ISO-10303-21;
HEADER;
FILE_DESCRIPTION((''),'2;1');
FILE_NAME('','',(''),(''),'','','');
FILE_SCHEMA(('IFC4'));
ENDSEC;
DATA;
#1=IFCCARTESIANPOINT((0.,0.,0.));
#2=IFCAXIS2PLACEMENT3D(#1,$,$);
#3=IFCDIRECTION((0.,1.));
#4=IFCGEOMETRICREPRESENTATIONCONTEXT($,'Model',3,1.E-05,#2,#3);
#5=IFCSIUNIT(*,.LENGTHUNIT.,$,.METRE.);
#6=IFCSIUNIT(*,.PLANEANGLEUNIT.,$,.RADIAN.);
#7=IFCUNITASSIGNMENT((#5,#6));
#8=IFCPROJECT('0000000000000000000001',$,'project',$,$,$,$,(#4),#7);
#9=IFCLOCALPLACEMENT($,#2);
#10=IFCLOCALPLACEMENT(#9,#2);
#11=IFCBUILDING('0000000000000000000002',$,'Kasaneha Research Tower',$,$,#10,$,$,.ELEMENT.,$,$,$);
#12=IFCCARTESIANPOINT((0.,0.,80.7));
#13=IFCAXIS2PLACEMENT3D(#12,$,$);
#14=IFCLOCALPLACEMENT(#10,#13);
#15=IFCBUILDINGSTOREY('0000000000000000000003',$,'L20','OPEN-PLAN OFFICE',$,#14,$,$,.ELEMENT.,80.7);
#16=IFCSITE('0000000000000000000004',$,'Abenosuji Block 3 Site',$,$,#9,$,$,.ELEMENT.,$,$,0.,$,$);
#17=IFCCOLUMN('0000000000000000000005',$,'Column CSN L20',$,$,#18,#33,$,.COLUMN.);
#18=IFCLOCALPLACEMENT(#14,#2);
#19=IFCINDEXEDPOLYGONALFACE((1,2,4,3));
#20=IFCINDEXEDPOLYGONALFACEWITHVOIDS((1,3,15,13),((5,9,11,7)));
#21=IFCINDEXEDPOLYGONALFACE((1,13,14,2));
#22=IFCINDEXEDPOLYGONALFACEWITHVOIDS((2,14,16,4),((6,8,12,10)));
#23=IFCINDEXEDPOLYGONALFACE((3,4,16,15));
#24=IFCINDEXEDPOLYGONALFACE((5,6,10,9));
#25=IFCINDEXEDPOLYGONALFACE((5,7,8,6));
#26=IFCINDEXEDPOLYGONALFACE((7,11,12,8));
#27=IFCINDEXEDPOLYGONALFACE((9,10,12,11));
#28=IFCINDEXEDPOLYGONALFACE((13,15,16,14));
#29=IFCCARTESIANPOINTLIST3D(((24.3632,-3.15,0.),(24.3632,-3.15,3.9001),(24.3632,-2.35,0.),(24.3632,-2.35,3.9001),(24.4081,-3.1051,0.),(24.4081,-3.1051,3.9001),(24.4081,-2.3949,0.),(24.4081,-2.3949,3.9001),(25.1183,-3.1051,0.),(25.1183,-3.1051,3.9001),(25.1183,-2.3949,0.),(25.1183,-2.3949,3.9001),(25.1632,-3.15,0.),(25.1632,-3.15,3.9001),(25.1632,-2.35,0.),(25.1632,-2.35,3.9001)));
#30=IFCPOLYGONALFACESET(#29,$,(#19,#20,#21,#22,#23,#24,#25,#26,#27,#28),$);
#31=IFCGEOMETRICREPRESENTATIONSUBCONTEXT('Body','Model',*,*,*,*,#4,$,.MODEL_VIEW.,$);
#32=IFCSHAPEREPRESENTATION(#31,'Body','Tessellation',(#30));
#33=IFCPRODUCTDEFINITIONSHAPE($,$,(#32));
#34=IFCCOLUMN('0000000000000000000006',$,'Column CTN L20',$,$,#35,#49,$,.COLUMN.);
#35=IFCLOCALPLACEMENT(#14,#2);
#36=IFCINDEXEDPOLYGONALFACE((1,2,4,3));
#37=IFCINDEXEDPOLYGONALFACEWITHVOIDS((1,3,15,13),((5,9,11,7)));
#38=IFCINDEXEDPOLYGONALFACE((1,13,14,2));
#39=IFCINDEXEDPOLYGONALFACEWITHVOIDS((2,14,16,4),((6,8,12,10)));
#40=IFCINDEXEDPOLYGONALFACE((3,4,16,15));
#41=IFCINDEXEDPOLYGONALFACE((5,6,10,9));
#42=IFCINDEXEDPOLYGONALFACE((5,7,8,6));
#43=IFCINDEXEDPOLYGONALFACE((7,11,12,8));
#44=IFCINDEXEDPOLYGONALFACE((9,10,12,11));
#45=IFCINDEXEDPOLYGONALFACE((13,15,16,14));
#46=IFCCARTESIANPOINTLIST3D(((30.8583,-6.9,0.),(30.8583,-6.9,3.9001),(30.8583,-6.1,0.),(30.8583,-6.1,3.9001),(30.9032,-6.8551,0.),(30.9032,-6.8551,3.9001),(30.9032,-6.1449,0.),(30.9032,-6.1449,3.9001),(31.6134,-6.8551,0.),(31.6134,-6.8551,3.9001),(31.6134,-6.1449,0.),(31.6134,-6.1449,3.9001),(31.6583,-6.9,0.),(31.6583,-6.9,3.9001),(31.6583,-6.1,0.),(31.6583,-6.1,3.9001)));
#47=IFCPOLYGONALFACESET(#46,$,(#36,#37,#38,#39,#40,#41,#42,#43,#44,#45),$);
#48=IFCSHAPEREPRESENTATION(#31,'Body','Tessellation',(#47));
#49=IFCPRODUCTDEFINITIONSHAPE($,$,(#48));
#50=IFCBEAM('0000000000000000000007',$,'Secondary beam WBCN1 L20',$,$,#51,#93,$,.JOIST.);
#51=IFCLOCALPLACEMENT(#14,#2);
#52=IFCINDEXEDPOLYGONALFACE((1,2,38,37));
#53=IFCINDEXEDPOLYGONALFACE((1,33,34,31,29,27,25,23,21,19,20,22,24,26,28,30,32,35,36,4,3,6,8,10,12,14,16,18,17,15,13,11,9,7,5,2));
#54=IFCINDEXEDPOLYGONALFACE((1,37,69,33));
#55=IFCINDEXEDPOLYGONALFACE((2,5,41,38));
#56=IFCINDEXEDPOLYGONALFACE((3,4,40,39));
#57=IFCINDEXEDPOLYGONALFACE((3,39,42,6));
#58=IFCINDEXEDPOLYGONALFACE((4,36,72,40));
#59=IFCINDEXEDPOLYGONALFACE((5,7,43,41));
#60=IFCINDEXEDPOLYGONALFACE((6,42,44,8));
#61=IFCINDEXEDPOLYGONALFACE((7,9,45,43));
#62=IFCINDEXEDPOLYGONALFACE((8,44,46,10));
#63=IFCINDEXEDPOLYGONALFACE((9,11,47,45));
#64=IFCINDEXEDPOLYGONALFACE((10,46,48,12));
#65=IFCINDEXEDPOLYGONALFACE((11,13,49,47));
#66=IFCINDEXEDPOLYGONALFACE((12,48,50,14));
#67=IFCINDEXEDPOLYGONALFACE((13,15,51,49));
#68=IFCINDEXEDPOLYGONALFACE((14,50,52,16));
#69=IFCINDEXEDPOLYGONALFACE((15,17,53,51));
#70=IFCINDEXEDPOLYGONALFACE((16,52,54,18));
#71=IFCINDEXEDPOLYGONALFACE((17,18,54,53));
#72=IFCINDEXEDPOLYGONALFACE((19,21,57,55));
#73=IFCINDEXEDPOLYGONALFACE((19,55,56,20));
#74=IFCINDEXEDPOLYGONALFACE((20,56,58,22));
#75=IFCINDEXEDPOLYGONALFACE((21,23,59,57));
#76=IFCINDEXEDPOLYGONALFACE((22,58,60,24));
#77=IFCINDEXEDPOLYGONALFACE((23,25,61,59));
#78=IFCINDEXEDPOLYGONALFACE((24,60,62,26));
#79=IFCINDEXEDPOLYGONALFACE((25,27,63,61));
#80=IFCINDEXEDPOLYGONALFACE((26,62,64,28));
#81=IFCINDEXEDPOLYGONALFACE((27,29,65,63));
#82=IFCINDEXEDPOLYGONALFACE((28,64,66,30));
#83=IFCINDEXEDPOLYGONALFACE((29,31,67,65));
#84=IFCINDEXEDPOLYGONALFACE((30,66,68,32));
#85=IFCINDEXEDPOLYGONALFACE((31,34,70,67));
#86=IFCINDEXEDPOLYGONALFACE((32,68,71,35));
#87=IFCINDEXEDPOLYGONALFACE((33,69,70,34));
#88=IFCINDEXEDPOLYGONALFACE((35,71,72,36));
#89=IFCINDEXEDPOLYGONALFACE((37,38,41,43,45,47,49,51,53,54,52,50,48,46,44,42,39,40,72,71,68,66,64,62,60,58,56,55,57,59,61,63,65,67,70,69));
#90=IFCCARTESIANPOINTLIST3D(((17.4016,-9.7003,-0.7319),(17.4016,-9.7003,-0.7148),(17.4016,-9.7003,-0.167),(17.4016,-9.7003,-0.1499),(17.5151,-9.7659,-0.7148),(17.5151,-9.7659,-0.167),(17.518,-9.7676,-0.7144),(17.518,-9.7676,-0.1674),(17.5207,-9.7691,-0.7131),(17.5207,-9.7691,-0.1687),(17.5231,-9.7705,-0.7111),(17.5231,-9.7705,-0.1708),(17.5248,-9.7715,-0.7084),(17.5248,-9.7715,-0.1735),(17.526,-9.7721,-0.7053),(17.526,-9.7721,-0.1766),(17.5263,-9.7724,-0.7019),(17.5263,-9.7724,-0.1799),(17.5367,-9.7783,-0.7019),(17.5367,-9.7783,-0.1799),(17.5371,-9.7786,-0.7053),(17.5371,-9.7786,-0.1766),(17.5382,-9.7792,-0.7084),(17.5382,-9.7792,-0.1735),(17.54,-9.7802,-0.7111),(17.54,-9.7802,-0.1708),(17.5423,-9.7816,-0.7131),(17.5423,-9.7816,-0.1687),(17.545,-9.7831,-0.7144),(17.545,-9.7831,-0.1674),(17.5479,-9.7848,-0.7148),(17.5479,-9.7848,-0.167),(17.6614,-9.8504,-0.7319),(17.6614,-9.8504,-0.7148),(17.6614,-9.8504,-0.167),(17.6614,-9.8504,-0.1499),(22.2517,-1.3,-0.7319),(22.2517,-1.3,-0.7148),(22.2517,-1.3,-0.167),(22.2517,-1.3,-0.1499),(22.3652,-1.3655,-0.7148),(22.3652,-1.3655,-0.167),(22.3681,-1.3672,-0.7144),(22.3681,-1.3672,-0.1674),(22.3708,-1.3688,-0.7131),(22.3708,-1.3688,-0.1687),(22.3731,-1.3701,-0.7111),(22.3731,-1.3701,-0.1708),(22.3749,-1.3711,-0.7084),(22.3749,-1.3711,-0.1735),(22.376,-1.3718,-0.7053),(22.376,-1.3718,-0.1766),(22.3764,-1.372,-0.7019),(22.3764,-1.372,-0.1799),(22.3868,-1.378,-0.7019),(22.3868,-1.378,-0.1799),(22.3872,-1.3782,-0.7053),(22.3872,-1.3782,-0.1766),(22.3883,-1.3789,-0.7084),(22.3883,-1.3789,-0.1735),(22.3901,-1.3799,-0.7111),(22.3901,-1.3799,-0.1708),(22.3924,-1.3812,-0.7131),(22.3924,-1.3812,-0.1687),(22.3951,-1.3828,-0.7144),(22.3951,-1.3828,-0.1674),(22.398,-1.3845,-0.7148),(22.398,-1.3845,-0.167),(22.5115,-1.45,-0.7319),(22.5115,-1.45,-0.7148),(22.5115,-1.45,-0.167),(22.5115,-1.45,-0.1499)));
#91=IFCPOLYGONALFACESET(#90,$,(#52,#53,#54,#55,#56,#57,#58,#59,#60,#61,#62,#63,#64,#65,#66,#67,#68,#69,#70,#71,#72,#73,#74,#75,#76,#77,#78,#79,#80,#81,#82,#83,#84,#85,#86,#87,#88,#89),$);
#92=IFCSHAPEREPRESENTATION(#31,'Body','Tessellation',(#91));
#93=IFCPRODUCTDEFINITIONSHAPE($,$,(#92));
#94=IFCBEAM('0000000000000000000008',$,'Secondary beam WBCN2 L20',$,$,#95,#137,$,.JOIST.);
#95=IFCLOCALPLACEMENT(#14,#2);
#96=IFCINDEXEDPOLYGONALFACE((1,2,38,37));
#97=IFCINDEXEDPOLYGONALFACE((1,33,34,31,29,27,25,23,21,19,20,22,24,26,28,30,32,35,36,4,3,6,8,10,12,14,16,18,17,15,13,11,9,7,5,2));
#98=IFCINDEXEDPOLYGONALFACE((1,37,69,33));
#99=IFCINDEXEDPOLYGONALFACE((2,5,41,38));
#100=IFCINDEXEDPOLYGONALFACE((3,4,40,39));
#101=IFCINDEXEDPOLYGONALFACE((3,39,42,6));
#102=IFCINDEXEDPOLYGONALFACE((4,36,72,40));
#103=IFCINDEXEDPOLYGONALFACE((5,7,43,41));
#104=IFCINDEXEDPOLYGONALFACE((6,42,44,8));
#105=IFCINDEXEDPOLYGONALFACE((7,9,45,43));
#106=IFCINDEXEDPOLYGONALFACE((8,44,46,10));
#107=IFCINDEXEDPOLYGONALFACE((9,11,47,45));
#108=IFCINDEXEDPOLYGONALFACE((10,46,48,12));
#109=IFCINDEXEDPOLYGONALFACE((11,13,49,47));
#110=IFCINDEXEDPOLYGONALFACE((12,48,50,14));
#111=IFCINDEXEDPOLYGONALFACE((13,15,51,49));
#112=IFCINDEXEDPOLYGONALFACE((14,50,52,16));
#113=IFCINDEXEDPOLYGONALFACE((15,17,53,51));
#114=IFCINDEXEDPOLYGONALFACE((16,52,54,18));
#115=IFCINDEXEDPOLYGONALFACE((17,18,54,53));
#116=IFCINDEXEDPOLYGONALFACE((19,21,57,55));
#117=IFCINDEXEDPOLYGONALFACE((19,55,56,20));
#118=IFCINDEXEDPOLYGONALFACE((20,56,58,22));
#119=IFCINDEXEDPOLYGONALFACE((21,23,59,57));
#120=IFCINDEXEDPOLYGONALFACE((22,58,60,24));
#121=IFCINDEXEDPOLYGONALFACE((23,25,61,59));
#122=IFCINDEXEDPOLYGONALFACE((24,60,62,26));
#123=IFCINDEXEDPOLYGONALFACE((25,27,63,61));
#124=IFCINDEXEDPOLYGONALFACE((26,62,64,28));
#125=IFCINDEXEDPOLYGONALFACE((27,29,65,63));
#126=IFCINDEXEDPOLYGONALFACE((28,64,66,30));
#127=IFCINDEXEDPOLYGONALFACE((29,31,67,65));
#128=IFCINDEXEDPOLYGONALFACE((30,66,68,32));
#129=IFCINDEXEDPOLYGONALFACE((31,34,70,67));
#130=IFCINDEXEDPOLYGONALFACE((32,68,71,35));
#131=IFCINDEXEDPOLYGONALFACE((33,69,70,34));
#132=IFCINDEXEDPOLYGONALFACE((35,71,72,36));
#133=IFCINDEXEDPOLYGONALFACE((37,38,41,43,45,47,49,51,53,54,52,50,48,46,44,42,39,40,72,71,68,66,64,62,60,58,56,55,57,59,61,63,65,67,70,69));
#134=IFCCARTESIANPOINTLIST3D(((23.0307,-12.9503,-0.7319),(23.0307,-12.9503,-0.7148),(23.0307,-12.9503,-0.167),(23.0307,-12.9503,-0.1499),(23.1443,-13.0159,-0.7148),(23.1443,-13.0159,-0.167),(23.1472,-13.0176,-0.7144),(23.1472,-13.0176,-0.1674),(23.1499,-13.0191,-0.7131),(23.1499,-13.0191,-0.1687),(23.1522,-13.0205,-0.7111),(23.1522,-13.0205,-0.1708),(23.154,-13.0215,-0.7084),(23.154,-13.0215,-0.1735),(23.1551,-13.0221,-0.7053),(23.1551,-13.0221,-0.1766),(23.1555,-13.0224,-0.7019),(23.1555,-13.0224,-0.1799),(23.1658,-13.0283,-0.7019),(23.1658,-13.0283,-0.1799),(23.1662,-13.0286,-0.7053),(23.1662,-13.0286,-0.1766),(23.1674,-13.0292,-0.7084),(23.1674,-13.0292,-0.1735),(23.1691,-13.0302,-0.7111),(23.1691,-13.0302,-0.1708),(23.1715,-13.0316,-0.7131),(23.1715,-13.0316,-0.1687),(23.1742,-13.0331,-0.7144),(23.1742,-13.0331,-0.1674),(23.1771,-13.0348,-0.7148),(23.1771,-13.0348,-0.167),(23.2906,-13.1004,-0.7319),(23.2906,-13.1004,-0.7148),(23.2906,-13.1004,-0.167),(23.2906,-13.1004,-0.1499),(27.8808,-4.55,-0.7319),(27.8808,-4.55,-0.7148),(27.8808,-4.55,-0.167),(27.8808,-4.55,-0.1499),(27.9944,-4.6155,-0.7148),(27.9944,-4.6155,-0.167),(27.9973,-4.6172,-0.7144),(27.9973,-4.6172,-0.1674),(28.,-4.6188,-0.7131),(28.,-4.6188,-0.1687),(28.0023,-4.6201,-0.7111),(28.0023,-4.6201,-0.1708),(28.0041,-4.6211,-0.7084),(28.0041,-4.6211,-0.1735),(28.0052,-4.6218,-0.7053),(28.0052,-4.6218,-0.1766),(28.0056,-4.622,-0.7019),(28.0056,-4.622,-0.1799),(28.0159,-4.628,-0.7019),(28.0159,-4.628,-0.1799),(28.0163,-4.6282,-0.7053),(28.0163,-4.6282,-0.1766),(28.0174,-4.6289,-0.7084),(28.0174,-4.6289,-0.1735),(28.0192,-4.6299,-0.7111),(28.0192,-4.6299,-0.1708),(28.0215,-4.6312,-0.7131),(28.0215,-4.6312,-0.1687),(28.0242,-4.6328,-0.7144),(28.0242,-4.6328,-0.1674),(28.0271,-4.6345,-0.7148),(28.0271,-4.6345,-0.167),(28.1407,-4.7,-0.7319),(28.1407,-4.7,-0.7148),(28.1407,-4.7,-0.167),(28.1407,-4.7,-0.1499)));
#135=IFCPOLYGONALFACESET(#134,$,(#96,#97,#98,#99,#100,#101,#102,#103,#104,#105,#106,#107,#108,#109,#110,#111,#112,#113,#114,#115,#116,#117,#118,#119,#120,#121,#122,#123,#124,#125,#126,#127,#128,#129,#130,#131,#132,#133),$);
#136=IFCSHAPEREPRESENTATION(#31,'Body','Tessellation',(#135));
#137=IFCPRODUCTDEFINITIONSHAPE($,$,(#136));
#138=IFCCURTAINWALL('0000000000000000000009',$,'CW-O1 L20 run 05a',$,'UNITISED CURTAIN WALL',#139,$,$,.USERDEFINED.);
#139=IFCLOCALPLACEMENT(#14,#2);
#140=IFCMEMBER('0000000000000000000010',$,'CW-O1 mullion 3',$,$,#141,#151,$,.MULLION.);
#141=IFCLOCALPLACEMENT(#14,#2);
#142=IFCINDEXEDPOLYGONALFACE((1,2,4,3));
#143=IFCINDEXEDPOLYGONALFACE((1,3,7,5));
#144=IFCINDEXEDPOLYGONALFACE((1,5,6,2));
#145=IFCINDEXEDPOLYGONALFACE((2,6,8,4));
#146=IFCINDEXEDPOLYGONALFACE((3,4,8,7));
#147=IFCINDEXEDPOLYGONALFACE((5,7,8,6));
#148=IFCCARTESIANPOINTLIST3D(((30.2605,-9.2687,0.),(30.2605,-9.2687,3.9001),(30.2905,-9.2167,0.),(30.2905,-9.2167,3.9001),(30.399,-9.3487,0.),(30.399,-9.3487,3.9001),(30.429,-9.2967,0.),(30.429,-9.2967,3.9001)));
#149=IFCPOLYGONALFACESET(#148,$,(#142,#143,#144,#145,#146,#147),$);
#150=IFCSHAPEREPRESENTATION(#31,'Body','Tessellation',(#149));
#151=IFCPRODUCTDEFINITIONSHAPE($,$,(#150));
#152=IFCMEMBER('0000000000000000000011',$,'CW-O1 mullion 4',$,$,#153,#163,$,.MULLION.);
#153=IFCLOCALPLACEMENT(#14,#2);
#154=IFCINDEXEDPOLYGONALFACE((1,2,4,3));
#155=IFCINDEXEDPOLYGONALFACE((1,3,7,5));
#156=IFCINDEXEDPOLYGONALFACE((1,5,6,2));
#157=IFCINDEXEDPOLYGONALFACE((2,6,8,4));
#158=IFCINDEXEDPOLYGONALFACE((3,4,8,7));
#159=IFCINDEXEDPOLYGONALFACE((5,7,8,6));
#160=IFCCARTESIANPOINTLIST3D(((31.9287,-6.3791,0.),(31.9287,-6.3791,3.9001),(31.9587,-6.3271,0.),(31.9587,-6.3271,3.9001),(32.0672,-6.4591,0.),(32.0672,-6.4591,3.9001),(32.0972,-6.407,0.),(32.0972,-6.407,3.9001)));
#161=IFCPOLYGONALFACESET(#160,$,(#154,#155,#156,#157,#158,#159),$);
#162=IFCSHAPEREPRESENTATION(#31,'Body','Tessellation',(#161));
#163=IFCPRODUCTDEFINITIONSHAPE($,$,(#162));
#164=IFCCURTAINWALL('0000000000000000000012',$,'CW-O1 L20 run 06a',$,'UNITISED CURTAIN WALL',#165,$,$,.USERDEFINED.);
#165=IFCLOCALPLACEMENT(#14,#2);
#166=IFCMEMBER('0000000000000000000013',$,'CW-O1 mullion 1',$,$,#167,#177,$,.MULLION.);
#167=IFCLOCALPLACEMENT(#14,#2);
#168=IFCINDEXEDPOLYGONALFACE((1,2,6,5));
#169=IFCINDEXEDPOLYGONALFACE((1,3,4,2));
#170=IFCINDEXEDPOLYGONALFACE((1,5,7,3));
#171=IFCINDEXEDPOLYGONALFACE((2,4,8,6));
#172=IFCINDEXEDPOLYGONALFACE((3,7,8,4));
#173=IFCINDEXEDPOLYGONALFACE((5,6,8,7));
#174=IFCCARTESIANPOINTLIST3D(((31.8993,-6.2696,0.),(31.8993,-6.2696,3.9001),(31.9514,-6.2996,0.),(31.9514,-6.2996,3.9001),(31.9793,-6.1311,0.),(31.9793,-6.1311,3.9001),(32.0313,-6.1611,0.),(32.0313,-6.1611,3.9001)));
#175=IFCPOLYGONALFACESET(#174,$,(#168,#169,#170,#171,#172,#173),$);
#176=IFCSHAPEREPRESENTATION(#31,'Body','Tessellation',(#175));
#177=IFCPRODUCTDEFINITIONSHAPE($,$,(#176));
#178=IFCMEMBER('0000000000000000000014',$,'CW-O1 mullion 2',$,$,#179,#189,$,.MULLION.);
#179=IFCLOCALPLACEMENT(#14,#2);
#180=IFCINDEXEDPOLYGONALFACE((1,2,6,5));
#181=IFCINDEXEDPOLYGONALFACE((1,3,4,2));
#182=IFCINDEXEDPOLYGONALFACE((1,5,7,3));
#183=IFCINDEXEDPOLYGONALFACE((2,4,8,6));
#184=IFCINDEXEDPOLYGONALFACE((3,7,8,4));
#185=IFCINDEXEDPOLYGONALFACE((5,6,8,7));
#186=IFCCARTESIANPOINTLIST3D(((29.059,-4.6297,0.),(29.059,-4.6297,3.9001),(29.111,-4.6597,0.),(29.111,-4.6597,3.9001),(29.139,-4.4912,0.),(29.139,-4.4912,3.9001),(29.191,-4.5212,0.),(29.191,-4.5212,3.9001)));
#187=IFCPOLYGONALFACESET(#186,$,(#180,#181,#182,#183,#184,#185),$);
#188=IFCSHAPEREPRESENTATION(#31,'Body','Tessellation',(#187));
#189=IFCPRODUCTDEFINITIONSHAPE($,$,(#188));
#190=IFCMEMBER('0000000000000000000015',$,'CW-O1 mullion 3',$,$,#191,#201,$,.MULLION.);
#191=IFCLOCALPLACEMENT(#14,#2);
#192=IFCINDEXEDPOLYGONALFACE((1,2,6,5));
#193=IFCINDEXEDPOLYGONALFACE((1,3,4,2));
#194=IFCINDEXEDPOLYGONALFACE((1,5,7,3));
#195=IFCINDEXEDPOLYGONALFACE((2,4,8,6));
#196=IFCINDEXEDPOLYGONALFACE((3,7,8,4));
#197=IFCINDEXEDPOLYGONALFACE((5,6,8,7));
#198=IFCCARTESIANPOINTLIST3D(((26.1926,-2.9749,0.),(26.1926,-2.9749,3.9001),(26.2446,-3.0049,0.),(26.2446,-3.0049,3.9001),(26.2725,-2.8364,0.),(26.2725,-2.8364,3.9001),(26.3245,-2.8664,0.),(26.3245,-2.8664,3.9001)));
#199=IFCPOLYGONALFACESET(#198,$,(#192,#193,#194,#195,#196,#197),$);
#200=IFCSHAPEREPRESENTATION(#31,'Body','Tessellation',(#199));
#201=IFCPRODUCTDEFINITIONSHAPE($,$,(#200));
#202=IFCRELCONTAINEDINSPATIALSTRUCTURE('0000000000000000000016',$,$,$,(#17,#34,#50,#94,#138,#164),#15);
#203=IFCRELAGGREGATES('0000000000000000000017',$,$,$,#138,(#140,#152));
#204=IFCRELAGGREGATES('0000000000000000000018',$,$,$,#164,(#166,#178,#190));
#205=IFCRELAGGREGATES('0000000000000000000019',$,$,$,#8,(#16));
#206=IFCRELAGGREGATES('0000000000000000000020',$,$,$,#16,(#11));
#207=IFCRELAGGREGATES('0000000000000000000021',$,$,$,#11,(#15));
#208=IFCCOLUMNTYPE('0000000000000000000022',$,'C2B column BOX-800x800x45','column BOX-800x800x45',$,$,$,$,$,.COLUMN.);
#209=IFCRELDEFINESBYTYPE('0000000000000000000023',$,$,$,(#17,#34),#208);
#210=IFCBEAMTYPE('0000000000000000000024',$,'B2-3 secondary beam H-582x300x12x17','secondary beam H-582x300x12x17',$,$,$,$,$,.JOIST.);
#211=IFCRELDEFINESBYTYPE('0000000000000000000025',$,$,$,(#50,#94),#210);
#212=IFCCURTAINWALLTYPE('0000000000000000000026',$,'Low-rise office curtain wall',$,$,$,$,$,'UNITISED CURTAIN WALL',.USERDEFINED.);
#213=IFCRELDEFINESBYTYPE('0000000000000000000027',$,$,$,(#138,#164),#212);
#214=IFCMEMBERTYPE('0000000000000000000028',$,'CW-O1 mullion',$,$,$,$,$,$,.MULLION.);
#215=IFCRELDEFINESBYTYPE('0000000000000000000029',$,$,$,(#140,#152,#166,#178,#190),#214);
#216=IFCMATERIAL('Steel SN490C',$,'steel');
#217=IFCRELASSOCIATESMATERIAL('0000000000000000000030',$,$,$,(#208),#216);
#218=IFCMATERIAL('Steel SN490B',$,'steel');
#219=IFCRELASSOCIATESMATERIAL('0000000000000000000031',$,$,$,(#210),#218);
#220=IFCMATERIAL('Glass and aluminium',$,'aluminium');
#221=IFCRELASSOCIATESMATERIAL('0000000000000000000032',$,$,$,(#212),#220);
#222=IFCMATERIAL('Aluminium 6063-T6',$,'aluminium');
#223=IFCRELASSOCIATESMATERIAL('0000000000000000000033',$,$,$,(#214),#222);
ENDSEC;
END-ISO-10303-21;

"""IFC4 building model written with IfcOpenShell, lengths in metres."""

from ifc_helpers import new_model, si_unit, direction, frame, origin, origin_2d, place, context, subcontext, project, spatial, rectangle, hollow_rectangle, i_section, extrude, material, material_profile, profile_set, type_object, element, aggregate, save


model = new_model("IFC4")

# Units and contexts
model_context = context("Model", 3, precision=1e-05, world=origin(), true_north=direction((0.0, 1.0)))
body_context = subcontext(model_context, "Body", "Model", "MODEL_VIEW")
ifc_project = project(units=[si_unit("LENGTHUNIT", "METRE"), si_unit("PLANEANGLEUNIT", "RADIAN")], contexts=[model_context])

# Site, building, storey
site_placement = place(None, origin())
site = spatial("IfcSite", under=ifc_project, at=site_placement, Name="Abenosuji Block 3 Site", CompositionType="ELEMENT", RefElevation=0.0)
building_placement = place(site_placement, origin())
building = spatial("IfcBuilding", under=site, at=building_placement, Name="Kasaneha Research Tower", CompositionType="ELEMENT")
storey_placement = place(building_placement, frame((0.0, 0.0, 80.7)))
storey = spatial("IfcBuildingStorey", under=building, at=storey_placement, Name="L20", Description="OPEN-PLAN OFFICE", CompositionType="ELEMENT", Elevation=80.7)

# Columns
ifc_material_1 = material(Name="Steel SN490C", Category="steel")
ifc_material_profile_1 = material_profile(ifc_material_1, hollow_rectangle(XDim=0.8, YDim=0.8, WallThickness=0.0449, at=origin_2d()), Name="BOX-800x800x45")
ifc_profile_set_1 = profile_set([ifc_material_profile_1], Name="Steel SN490C")
column_type = type_object("IfcColumnType", Name="C2B column BOX-800x800x45", Description="column BOX-800x800x45", PredefinedType="COLUMN", material=ifc_profile_set_1)
for number, where, z_axis, x_axis, name in (
    (1, (24.7632, -2.75, 0.0), (0.0, 0.0, 1.0), (1.0, 0.0, 0.0), "Column CSN L20"),
    (2, (31.2583, -6.5, 0.0), (0.0, 0.0, 1.0), (1.0, 0.0, 0.0), "Column CTN L20"),
):
    element("IfcColumn", number, at=place(storey_placement, frame(where, z_axis=z_axis, x_axis=x_axis)), inside=storey, type_object=column_type, Name=name, PredefinedType="COLUMN", context=body_context, shape_type="SweptSolid", body=[
        extrude(hollow_rectangle(XDim=0.8, YDim=0.8, WallThickness=0.0449, at=origin_2d()), origin(), (0.0, 0.0, 1.0), 3.9001),
    ])

# Beams
ifc_material_2 = material(Name="Steel SN490B", Category="steel")
ifc_material_profile_2 = material_profile(ifc_material_2, i_section(OverallWidth=0.3, OverallDepth=0.582, WebThickness=0.012, FlangeThickness=0.0171, FilletRadius=0.0129, at=origin_2d()), Name="H-582x300x12x17")
ifc_profile_set_2 = profile_set([ifc_material_profile_2], Name="Steel SN490B")
beam_type_1 = type_object("IfcBeamType", Name="B2-3 secondary beam H-582x300x12x17", Description="secondary beam H-582x300x12x17", PredefinedType="JOIST", material=ifc_profile_set_2)
for number, where, z_axis, x_axis, name in (
    (3, (22.3816, -1.375, -0.4409), (-0.50001, -0.86602, 0.0), (0.86602, -0.50001, 0.0), "Secondary beam WBCN1 L20"),
    (4, (28.0107, -4.625, -0.4409), (-0.50001, -0.86602, 0.0), (0.86602, -0.50001, 0.0), "Secondary beam WBCN2 L20"),
):
    element("IfcBeam", number, at=place(storey_placement, frame(where, z_axis=z_axis, x_axis=x_axis)), inside=storey, type_object=beam_type_1, Name=name, PredefinedType="JOIST", context=body_context, shape_type="SweptSolid", body=[
        extrude(i_section(OverallWidth=0.3, OverallDepth=0.582, WebThickness=0.012, FlangeThickness=0.0171, FilletRadius=0.0129, at=origin_2d()), origin(), (0.0, 0.0, 1.0), 9.7),
    ])

# Curtain walls, members
ifc_material_3 = material(Name="Glass and aluminium", Category="aluminium")
curtain_wall_type = type_object("IfcCurtainWallType", Name="Low-rise office curtain wall", ElementType="UNITISED CURTAIN WALL", PredefinedType="USERDEFINED", material=ifc_material_3)
curtain_wall_1_placement = place(storey_placement, origin())
curtain_wall_1 = element("IfcCurtainWall", 5, at=curtain_wall_1_placement, inside=storey, type_object=curtain_wall_type, Name="CW-O1 L20 run 05a", ObjectType="UNITISED CURTAIN WALL", PredefinedType="USERDEFINED")
ifc_material_4 = material(Name="Aluminium 6063-T6", Category="aluminium")
ifc_material_profile_3 = material_profile(ifc_material_4, rectangle(XDim=0.0601, YDim=0.1599, at=origin_2d()), Name="CW-O1 mullion 60x160")
ifc_profile_set_3 = profile_set([ifc_material_profile_3], Name="Aluminium 6063-T6")
member_type_1 = type_object("IfcMemberType", Name="CW-O1 mullion", PredefinedType="MULLION", material=ifc_profile_set_3)
member_1_placement = place(storey_placement, frame((30.3447, -9.2827, 0.0), z_axis=(0.0, 0.0, 1.0), x_axis=(0.5, 0.866025, 0.0)))
member_1 = element("IfcMember", 6, at=member_1_placement, type_object=member_type_1, Name="CW-O1 mullion 3", PredefinedType="MULLION", context=body_context, shape_type="SweptSolid", body=[
    extrude(rectangle(XDim=0.0601, YDim=0.1599, at=origin_2d()), origin(), (0.0, 0.0, 1.0), 3.9001),
])
member_2_placement = place(storey_placement, frame((32.0129, -6.3931, 0.0), z_axis=(0.0, 0.0, 1.0), x_axis=(0.5, 0.866025, 0.0)))
member_2 = element("IfcMember", 7, at=member_2_placement, type_object=member_type_1, Name="CW-O1 mullion 4", PredefinedType="MULLION", context=body_context, shape_type="SweptSolid", body=[
    extrude(rectangle(XDim=0.0601, YDim=0.1599, at=origin_2d()), origin(), (0.0, 0.0, 1.0), 3.9001),
])
curtain_wall_2_placement = place(storey_placement, origin())
curtain_wall_2 = element("IfcCurtainWall", 8, at=curtain_wall_2_placement, inside=storey, type_object=curtain_wall_type, Name="CW-O1 L20 run 06a", ObjectType="UNITISED CURTAIN WALL", PredefinedType="USERDEFINED")
member_3_placement = place(storey_placement, frame((31.9653, -6.2153, 0.0), z_axis=(0.0, 0.0, 1.0), x_axis=(-0.866025, 0.5, 0.0)))
member_3 = element("IfcMember", 9, at=member_3_placement, type_object=member_type_1, Name="CW-O1 mullion 1", PredefinedType="MULLION", context=body_context, shape_type="SweptSolid", body=[
    extrude(rectangle(XDim=0.0601, YDim=0.1599, at=origin_2d()), origin(), (0.0, 0.0, 1.0), 3.9001),
])
member_4_placement = place(storey_placement, frame((29.125, -4.5754, 0.0), z_axis=(0.0, 0.0, 1.0), x_axis=(-0.866025, 0.5, 0.0)))
member_4 = element("IfcMember", 10, at=member_4_placement, type_object=member_type_1, Name="CW-O1 mullion 2", PredefinedType="MULLION", context=body_context, shape_type="SweptSolid", body=[
    extrude(rectangle(XDim=0.0601, YDim=0.1599, at=origin_2d()), origin(), (0.0, 0.0, 1.0), 3.9001),
])
member_5_placement = place(storey_placement, frame((26.2585, -2.9207, 0.0), z_axis=(0.0, 0.0, 1.0), x_axis=(-0.866025, 0.5, 0.0)))
member_5 = element("IfcMember", 11, at=member_5_placement, type_object=member_type_1, Name="CW-O1 mullion 3", PredefinedType="MULLION", context=body_context, shape_type="SweptSolid", body=[
    extrude(rectangle(XDim=0.0601, YDim=0.1599, at=origin_2d()), origin(), (0.0, 0.0, 1.0), 3.9001),
])

aggregate(curtain_wall_1, [member_1, member_2])
aggregate(curtain_wall_2, [member_3, member_4, member_5])

save(model, "model.ifc")
